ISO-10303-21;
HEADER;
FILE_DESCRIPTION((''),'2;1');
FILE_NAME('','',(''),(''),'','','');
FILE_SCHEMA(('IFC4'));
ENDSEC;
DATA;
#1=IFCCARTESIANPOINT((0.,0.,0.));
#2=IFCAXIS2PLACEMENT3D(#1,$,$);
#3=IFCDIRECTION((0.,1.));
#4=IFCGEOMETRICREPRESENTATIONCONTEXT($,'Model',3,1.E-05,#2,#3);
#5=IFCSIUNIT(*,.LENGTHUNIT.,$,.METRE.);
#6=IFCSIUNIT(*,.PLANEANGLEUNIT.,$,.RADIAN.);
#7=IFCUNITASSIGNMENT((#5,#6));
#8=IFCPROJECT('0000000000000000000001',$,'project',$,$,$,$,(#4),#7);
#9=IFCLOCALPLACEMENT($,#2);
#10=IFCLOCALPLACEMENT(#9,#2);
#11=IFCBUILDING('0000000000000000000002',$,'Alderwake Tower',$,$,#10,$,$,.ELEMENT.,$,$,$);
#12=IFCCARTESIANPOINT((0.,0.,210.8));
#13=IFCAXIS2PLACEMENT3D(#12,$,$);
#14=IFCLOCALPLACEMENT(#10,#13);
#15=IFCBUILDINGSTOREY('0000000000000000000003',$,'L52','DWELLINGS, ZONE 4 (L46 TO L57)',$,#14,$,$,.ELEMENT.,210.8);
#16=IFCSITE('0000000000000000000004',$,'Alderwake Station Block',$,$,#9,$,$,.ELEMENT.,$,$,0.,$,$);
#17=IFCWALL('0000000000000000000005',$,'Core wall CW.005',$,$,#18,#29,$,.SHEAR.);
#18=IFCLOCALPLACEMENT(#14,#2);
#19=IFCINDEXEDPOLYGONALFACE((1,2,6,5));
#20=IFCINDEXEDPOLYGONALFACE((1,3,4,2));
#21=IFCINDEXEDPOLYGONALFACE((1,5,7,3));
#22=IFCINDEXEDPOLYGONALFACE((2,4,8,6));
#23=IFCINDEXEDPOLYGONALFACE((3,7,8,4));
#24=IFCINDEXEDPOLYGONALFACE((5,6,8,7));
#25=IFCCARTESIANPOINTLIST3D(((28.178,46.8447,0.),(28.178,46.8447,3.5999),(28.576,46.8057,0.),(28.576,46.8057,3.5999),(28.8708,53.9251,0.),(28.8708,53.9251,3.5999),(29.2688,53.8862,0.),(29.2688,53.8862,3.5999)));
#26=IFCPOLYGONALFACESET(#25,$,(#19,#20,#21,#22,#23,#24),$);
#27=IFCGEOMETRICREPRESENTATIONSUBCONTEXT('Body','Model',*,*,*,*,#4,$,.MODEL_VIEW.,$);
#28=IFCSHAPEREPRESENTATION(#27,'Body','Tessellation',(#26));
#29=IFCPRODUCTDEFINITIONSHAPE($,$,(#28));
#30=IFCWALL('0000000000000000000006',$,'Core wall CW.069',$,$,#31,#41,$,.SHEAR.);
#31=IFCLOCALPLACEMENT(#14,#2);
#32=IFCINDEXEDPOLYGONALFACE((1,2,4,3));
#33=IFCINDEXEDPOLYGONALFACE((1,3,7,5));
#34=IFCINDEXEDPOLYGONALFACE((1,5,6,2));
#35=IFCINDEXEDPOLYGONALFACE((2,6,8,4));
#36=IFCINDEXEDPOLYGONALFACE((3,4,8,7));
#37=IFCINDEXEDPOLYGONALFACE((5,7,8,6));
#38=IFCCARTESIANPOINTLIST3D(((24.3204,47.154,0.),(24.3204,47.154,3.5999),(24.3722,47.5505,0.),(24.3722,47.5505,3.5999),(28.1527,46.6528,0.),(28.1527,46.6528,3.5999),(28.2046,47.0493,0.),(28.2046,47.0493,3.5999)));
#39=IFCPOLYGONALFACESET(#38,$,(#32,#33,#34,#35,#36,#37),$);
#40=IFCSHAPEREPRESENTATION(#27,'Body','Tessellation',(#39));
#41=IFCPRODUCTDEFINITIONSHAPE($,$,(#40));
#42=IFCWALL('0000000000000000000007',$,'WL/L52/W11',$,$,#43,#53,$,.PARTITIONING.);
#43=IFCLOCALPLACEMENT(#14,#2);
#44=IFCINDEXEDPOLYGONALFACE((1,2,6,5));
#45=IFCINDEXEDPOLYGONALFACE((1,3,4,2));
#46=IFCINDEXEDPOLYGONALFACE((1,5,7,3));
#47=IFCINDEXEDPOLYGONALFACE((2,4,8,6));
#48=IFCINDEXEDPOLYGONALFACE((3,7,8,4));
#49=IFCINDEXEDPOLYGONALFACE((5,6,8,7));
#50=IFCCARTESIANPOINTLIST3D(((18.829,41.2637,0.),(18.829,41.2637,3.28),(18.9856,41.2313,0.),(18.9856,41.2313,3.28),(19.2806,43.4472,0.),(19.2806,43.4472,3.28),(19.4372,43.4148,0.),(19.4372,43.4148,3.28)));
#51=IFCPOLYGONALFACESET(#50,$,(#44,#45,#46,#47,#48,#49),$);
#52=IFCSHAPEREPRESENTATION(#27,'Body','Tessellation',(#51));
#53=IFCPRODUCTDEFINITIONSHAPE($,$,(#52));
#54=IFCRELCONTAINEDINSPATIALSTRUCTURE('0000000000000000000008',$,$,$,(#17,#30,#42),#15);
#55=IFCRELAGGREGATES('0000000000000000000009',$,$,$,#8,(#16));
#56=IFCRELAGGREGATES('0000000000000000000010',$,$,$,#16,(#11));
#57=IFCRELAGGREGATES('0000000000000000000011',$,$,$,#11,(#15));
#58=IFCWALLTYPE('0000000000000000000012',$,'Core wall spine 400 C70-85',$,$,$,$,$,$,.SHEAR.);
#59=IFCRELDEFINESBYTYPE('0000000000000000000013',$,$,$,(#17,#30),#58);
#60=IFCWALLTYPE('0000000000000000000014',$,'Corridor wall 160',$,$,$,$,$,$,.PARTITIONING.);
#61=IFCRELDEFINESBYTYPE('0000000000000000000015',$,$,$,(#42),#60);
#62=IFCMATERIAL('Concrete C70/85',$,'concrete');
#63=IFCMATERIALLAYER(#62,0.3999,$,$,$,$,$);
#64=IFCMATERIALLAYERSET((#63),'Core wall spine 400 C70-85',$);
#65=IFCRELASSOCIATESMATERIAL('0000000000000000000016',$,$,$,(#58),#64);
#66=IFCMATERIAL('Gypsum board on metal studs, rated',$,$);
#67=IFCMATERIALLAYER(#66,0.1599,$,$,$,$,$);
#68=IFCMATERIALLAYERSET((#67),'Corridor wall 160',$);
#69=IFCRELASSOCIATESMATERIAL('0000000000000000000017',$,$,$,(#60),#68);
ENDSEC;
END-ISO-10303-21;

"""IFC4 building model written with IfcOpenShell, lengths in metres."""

from ifc_helpers import new_model, si_unit, direction, frame, frame_2d, origin, place, context, subcontext, project, spatial, rectangle, extrude, material, layer, layer_set, type_object, element, save


model = new_model("IFC4")

# Units and contexts
model_context = context("Model", 3, precision=1e-05, world=origin(), true_north=direction((0.0, 1.0)))
body_context = subcontext(model_context, "Body", "Model", "MODEL_VIEW")
ifc_project = project(units=[si_unit("LENGTHUNIT", "METRE"), si_unit("PLANEANGLEUNIT", "RADIAN")], contexts=[model_context])

# Site, building, storey
site_placement = place(None, origin())
site = spatial("IfcSite", under=ifc_project, at=site_placement, Name="Alderwake Station Block", CompositionType="ELEMENT", RefElevation=0.0)
building_placement = place(site_placement, origin())
building = spatial("IfcBuilding", under=site, at=building_placement, Name="Alderwake Tower", CompositionType="ELEMENT")
storey_placement = place(building_placement, frame((0.0, 0.0, 210.8)))
storey = spatial("IfcBuildingStorey", under=building, at=storey_placement, Name="L52", Description="DWELLINGS, ZONE 4 (L46 TO L57)", CompositionType="ELEMENT", Elevation=210.8)

# Shared definitions
ifc_material_1 = material(Name="Concrete C70/85", Category="concrete")
ifc_layer_1 = layer(ifc_material_1, 0.3999)
ifc_layer_set_1 = layer_set([ifc_layer_1], Name="Core wall spine 400 C70-85")
wall_type_1 = type_object("IfcWallType", Name="Core wall spine 400 C70-85", PredefinedType="SHEAR", material=ifc_layer_set_1)

# Walls
wall_1_placement = place(storey_placement, frame((28.377, 46.8252, 0.0), z_axis=(0.0, 0.0, 1.0), x_axis=(0.097393, 0.995246, 0.0)))
element("IfcWall", 1, at=wall_1_placement, inside=storey, type_object=wall_type_1, Name="Core wall CW.005", PredefinedType="SHEAR", context=body_context, shape_type="SweptSolid", body=[
    extrude(rectangle(XDim=7.1143, YDim=0.3999, at=frame_2d((3.5571, 0.0))), origin(), (0.0, 0.0, 1.0), 3.5999),
])
wall_2_placement = place(storey_placement, frame((24.3462, 47.3523, 0.0), z_axis=(0.0, 0.0, 1.0), x_axis=(0.991555, -0.129685, 0.0)))
element("IfcWall", 2, at=wall_2_placement, inside=storey, type_object=wall_type_1, Name="Core wall CW.069", PredefinedType="SHEAR", context=body_context, shape_type="SweptSolid", body=[
    extrude(rectangle(XDim=3.865, YDim=0.3999, at=frame_2d((1.9326, 0.0))), origin(), (0.0, 0.0, 1.0), 3.5999),
])
ifc_material_2 = material(Name="Gypsum board on metal studs, rated")
ifc_layer_2 = layer(ifc_material_2, 0.1599)
ifc_layer_set_2 = layer_set([ifc_layer_2], Name="Corridor wall 160")
wall_type_2 = type_object("IfcWallType", Name="Corridor wall 160", PredefinedType="PARTITIONING", material=ifc_layer_set_2)
wall_3_placement = place(storey_placement, frame((19.3589, 43.4309, 0.0), z_axis=(0.0, 0.0, 1.0), x_axis=(-0.202555, -0.979271, 0.0)))
element("IfcWall", 3, at=wall_3_placement, inside=storey, type_object=wall_type_2, Name="WL/L52/W11", PredefinedType="PARTITIONING", context=body_context, shape_type="SweptSolid", body=[
    extrude(rectangle(XDim=2.2297, YDim=0.1599, at=frame_2d((1.1147, 0.0))), origin(), (0.0, 0.0, 1.0), 3.28),
])

save(model, "model.ifc")
